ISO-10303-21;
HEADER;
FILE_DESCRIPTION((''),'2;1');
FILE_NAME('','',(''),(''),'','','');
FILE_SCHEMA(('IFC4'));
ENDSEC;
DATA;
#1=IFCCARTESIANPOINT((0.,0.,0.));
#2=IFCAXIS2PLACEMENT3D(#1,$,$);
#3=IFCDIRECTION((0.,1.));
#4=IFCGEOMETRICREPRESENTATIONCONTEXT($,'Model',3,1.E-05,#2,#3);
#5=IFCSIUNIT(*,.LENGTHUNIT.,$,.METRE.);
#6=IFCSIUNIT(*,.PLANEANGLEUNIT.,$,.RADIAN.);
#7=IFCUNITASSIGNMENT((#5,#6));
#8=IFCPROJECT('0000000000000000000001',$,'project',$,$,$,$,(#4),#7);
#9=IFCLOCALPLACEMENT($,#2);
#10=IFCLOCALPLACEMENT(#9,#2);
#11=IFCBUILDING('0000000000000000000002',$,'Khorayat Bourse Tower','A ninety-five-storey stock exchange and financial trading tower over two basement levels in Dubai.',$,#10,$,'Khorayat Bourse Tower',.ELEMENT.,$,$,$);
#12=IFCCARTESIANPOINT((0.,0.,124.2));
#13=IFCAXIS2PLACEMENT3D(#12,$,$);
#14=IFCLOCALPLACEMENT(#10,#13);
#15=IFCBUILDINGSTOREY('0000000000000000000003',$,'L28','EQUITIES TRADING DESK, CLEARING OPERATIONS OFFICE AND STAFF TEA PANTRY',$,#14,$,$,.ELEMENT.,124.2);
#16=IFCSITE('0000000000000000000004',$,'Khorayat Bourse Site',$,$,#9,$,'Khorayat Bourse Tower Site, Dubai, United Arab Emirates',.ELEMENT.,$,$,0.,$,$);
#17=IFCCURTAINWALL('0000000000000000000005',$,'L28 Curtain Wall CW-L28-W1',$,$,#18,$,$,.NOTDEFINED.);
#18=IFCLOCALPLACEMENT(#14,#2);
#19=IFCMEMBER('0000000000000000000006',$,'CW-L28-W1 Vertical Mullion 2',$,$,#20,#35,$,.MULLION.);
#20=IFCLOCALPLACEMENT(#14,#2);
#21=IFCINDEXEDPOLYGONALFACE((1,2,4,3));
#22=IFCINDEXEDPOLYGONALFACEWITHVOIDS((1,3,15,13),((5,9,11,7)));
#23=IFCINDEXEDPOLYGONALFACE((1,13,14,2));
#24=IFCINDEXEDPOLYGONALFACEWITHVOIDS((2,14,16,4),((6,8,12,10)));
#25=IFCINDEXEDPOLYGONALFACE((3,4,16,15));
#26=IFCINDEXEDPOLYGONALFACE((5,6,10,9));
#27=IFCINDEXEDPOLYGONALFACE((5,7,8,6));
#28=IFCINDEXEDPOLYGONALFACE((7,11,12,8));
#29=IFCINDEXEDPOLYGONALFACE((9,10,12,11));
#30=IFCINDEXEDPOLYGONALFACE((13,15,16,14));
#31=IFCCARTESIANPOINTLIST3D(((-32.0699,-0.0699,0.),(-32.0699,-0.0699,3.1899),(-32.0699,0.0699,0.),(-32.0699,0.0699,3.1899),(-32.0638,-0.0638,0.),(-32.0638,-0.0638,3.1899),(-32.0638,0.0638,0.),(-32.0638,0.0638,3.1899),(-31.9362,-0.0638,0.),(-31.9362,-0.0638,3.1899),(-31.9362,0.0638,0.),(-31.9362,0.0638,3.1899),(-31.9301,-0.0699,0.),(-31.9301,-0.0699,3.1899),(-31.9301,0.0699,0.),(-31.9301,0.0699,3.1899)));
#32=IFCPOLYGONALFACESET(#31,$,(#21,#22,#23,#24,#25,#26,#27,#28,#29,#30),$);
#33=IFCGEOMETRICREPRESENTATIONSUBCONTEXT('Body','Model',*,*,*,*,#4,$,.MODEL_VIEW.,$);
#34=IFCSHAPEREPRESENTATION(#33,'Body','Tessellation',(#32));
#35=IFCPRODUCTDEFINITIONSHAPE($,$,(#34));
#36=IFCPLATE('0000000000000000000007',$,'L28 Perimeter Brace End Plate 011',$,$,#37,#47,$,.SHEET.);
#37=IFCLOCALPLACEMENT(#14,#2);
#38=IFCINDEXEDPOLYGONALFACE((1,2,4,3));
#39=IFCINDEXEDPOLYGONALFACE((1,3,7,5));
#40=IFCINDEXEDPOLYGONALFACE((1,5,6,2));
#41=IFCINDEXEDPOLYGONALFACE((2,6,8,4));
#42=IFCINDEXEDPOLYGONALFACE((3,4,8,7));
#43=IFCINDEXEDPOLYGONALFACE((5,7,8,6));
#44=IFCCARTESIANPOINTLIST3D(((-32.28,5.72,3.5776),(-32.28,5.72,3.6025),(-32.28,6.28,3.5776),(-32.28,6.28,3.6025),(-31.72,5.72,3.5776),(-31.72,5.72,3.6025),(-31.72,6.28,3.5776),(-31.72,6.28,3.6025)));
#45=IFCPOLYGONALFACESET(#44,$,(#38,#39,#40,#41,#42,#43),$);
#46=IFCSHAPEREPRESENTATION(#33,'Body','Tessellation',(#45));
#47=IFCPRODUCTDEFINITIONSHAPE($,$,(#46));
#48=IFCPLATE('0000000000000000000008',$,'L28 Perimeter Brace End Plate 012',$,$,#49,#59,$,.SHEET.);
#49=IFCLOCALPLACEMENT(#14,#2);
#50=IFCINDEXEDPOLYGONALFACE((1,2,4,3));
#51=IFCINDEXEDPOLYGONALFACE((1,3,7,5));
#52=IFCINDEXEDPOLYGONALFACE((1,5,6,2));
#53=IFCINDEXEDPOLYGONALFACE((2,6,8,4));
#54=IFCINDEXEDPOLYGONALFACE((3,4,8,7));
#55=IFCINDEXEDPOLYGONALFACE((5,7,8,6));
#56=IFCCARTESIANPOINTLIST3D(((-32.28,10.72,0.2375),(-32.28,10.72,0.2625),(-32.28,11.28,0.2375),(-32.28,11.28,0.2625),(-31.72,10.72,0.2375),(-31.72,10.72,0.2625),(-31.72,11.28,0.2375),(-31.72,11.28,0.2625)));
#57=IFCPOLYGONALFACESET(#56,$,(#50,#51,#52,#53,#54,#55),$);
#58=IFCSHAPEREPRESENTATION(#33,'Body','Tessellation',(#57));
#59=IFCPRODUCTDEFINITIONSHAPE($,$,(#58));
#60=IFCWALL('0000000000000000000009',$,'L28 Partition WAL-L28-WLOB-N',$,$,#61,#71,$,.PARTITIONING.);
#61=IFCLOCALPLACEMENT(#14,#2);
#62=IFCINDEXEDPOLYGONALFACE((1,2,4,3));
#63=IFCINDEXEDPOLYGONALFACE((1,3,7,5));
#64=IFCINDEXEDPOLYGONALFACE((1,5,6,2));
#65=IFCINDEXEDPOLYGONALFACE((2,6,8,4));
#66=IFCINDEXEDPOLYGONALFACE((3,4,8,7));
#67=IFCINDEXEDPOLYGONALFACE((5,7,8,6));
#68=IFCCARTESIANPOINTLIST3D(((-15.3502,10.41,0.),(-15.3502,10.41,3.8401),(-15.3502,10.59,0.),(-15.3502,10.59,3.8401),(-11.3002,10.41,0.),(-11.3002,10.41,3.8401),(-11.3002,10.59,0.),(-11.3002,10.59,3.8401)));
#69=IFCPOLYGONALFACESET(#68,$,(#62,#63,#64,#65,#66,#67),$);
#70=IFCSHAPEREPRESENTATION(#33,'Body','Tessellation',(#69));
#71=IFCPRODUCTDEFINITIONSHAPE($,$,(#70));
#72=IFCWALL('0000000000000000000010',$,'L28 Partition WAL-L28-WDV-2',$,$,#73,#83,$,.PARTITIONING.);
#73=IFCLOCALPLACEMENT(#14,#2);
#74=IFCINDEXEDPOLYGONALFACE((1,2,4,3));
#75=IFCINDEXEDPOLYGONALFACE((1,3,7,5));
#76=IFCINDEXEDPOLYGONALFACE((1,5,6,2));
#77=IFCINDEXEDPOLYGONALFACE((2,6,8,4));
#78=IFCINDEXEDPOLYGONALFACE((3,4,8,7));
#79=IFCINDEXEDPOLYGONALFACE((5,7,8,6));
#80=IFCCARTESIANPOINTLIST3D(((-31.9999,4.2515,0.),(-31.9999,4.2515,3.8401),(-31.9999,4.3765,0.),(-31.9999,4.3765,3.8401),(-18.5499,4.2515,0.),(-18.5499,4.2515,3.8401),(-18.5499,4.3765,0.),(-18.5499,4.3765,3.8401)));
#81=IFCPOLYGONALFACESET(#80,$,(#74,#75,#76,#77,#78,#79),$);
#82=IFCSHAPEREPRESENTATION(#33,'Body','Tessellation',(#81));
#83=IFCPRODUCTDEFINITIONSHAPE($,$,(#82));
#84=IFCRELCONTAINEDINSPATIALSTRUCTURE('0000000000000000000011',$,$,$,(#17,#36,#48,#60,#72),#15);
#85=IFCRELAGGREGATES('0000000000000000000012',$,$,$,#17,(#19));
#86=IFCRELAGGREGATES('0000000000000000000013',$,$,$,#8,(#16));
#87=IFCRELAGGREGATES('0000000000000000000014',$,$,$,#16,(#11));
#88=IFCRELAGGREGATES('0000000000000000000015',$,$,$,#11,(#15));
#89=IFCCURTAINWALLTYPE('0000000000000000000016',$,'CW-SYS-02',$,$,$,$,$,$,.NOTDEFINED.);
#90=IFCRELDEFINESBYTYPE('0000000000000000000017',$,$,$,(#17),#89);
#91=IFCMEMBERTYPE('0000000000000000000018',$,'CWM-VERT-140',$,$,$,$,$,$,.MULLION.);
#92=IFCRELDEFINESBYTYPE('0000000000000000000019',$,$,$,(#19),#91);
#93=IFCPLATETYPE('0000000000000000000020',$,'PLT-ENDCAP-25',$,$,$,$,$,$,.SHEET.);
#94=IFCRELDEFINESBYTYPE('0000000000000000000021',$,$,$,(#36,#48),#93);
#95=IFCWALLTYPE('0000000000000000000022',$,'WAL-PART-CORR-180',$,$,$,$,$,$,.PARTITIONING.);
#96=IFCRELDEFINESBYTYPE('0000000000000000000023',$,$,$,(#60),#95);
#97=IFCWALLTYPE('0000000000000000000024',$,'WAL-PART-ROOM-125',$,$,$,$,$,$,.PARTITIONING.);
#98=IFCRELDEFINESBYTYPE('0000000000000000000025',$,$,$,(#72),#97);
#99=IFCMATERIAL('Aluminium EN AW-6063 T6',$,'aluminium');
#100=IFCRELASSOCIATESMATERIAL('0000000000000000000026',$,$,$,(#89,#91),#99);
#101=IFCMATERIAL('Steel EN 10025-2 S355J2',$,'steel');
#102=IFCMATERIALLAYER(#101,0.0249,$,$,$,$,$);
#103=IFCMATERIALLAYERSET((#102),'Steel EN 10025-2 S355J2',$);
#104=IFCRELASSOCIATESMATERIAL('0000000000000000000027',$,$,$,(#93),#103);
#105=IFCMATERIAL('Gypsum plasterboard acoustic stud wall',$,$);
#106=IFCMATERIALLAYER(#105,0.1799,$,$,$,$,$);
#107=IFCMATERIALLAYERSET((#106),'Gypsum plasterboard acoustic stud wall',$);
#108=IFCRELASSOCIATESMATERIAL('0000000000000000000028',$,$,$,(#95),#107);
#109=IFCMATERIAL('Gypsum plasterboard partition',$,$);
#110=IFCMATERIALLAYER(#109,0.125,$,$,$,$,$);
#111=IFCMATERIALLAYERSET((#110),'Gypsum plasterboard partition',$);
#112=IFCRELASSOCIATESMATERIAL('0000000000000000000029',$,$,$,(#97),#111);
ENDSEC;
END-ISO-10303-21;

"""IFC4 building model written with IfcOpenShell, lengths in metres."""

from ifc_helpers import new_model, si_unit, direction, frame, frame_2d, origin, origin_2d, place, context, subcontext, project, spatial, rectangle, hollow_rectangle, extrude, source, transform, mapped, material, layer, layer_set, material_profile, profile_set, type_object, element, aggregate, save


model = new_model("IFC4")

# Units and contexts
model_context = context("Model", 3, precision=1e-05, world=origin(), true_north=direction((0.0, 1.0)))
body_context = subcontext(model_context, "Body", "Model", "MODEL_VIEW")
ifc_project = project(units=[si_unit("LENGTHUNIT", "METRE"), si_unit("PLANEANGLEUNIT", "RADIAN")], contexts=[model_context])

# Site, building, storey
site_placement = place(None, origin())
site = spatial("IfcSite", under=ifc_project, at=site_placement, Name="Khorayat Bourse Site", LongName="Khorayat Bourse Tower Site, Dubai, United Arab Emirates", CompositionType="ELEMENT", RefElevation=0.0)
building_placement = place(site_placement, origin())
building = spatial("IfcBuilding", under=site, at=building_placement, Name="Khorayat Bourse Tower", Description="A ninety-five-storey stock exchange and financial trading tower over two basement levels in Dubai.", LongName="Khorayat Bourse Tower", CompositionType="ELEMENT")
storey_placement = place(building_placement, frame((0.0, 0.0, 124.2)))
storey = spatial("IfcBuildingStorey", under=building, at=storey_placement, Name="L28", Description="EQUITIES TRADING DESK, CLEARING OPERATIONS OFFICE AND STAFF TEA PANTRY", CompositionType="ELEMENT", Elevation=124.2)

# Curtain wall, member
ifc_material_1 = material(Name="Aluminium EN AW-6063 T6", Category="aluminium")
curtain_wall_type = type_object("IfcCurtainWallType", Name="CW-SYS-02", PredefinedType="NOTDEFINED", material=ifc_material_1)
curtain_wall_placement = place(storey_placement, origin())
curtain_wall = element("IfcCurtainWall", 1, at=curtain_wall_placement, inside=storey, type_object=curtain_wall_type, Name="L28 Curtain Wall CW-L28-W1", PredefinedType="NOTDEFINED")
ifc_material_profile_1 = material_profile(ifc_material_1, hollow_rectangle(XDim=0.1399, YDim=0.1399, WallThickness=0.0061, at=origin_2d()), Name="ALU 140x140x6")
ifc_profile_set_1 = profile_set([ifc_material_profile_1], Name="Aluminium EN AW-6063 T6")
member_type_1 = type_object("IfcMemberType", Name="CWM-VERT-140", PredefinedType="MULLION", material=ifc_profile_set_1)
shared_shape_1 = source(origin(), body_context, "Body", "SweptSolid", [
    extrude(hollow_rectangle(XDim=0.1399, YDim=0.1399, WallThickness=0.0061, at=origin_2d()), origin(), (0.0, 0.0, 1.0), 3.1899),
])
member_1_placement = place(storey_placement, frame((-32.0, 0.0, 0.0), z_axis=(0.0, 0.0, 1.0), x_axis=(-1.0, 0.0, 0.0)))
member_1 = element("IfcMember", 2, at=member_1_placement, type_object=member_type_1, Name="CW-L28-W1 Vertical Mullion 2", PredefinedType="MULLION", context=body_context, shape_type="MappedRepresentation", body=[
    mapped(shared_shape_1, transform((0.0, 0.0, 0.0), scale=1.0)),
])
aggregate(curtain_wall, [member_1])

# Plates
ifc_material_2 = material(Name="Steel EN 10025-2 S355J2", Category="steel")
ifc_layer_1 = layer(ifc_material_2, 0.0249)
ifc_layer_set_1 = layer_set([ifc_layer_1], Name="Steel EN 10025-2 S355J2")
plate_type = type_object("IfcPlateType", Name="PLT-ENDCAP-25", PredefinedType="SHEET", material=ifc_layer_set_1)
shared_shape_2 = source(origin(), body_context, "Body", "SweptSolid", [
    extrude(rectangle(XDim=0.5601, YDim=0.5601, at=origin_2d()), origin(), (0.0, 0.0, 1.0), 0.0249),
])
for number, where, z_axis, x_axis, name in (
    (3, (-32.0, 6.0, 3.5776), (0.0, 0.0, 1.0), (1.0, 0.0, 0.0), "L28 Perimeter Brace End Plate 011"),
    (4, (-32.0, 11.0, 0.2375), (0.0, 0.0, 1.0), (1.0, 0.0, 0.0), "L28 Perimeter Brace End Plate 012"),
):
    element("IfcPlate", number, at=place(storey_placement, frame(where, z_axis=z_axis, x_axis=x_axis)), inside=storey, type_object=plate_type, Name=name, PredefinedType="SHEET", context=body_context, shape_type="MappedRepresentation", body=[
        mapped(shared_shape_2, transform((0.0, 0.0, 0.0), scale=1.0)),
    ])

# Walls
ifc_material_3 = material(Name="Gypsum plasterboard acoustic stud wall")
ifc_layer_2 = layer(ifc_material_3, 0.1799)
ifc_layer_set_2 = layer_set([ifc_layer_2], Name="Gypsum plasterboard acoustic stud wall")
wall_type_1 = type_object("IfcWallType", Name="WAL-PART-CORR-180", PredefinedType="PARTITIONING", material=ifc_layer_set_2)
shared_shape_3 = source(origin(), body_context, "Body", "SweptSolid", [
    extrude(rectangle(XDim=4.05, YDim=0.1799, at=frame_2d((2.0249, 0.0))), origin(), (0.0, 0.0, 1.0), 3.8401),
])
wall_1_placement = place(storey_placement, frame((-15.3501, 10.5, 0.0), z_axis=(0.0, 0.0, 1.0), x_axis=(1.0, 0.0, 0.0)))
element("IfcWall", 5, at=wall_1_placement, inside=storey, type_object=wall_type_1, Name="L28 Partition WAL-L28-WLOB-N", PredefinedType="PARTITIONING", context=body_context, shape_type="MappedRepresentation", body=[
    mapped(shared_shape_3, transform((0.0, 0.0, 0.0), scale=1.0)),
])
ifc_material_4 = material(Name="Gypsum plasterboard partition")
ifc_layer_3 = layer(ifc_material_4, 0.125)
ifc_layer_set_3 = layer_set([ifc_layer_3], Name="Gypsum plasterboard partition")
wall_type_2 = type_object("IfcWallType", Name="WAL-PART-ROOM-125", PredefinedType="PARTITIONING", material=ifc_layer_set_3)
shared_shape_4 = source(origin(), body_context, "Body", "SweptSolid", [
    extrude(rectangle(XDim=13.45, YDim=0.125, at=frame_2d((6.7251, 0.0))), origin(), (0.0, 0.0, 1.0), 3.8401),
])
wall_2_placement = place(storey_placement, frame((-32.0, 4.314, 0.0), z_axis=(0.0, 0.0, 1.0), x_axis=(1.0, 0.0, 0.0)))
element("IfcWall", 6, at=wall_2_placement, inside=storey, type_object=wall_type_2, Name="L28 Partition WAL-L28-WDV-2", PredefinedType="PARTITIONING", context=body_context, shape_type="MappedRepresentation", body=[
    mapped(shared_shape_4, transform((0.0, 0.0, 0.0), scale=1.0)),
])

save(model, "model.ifc")
